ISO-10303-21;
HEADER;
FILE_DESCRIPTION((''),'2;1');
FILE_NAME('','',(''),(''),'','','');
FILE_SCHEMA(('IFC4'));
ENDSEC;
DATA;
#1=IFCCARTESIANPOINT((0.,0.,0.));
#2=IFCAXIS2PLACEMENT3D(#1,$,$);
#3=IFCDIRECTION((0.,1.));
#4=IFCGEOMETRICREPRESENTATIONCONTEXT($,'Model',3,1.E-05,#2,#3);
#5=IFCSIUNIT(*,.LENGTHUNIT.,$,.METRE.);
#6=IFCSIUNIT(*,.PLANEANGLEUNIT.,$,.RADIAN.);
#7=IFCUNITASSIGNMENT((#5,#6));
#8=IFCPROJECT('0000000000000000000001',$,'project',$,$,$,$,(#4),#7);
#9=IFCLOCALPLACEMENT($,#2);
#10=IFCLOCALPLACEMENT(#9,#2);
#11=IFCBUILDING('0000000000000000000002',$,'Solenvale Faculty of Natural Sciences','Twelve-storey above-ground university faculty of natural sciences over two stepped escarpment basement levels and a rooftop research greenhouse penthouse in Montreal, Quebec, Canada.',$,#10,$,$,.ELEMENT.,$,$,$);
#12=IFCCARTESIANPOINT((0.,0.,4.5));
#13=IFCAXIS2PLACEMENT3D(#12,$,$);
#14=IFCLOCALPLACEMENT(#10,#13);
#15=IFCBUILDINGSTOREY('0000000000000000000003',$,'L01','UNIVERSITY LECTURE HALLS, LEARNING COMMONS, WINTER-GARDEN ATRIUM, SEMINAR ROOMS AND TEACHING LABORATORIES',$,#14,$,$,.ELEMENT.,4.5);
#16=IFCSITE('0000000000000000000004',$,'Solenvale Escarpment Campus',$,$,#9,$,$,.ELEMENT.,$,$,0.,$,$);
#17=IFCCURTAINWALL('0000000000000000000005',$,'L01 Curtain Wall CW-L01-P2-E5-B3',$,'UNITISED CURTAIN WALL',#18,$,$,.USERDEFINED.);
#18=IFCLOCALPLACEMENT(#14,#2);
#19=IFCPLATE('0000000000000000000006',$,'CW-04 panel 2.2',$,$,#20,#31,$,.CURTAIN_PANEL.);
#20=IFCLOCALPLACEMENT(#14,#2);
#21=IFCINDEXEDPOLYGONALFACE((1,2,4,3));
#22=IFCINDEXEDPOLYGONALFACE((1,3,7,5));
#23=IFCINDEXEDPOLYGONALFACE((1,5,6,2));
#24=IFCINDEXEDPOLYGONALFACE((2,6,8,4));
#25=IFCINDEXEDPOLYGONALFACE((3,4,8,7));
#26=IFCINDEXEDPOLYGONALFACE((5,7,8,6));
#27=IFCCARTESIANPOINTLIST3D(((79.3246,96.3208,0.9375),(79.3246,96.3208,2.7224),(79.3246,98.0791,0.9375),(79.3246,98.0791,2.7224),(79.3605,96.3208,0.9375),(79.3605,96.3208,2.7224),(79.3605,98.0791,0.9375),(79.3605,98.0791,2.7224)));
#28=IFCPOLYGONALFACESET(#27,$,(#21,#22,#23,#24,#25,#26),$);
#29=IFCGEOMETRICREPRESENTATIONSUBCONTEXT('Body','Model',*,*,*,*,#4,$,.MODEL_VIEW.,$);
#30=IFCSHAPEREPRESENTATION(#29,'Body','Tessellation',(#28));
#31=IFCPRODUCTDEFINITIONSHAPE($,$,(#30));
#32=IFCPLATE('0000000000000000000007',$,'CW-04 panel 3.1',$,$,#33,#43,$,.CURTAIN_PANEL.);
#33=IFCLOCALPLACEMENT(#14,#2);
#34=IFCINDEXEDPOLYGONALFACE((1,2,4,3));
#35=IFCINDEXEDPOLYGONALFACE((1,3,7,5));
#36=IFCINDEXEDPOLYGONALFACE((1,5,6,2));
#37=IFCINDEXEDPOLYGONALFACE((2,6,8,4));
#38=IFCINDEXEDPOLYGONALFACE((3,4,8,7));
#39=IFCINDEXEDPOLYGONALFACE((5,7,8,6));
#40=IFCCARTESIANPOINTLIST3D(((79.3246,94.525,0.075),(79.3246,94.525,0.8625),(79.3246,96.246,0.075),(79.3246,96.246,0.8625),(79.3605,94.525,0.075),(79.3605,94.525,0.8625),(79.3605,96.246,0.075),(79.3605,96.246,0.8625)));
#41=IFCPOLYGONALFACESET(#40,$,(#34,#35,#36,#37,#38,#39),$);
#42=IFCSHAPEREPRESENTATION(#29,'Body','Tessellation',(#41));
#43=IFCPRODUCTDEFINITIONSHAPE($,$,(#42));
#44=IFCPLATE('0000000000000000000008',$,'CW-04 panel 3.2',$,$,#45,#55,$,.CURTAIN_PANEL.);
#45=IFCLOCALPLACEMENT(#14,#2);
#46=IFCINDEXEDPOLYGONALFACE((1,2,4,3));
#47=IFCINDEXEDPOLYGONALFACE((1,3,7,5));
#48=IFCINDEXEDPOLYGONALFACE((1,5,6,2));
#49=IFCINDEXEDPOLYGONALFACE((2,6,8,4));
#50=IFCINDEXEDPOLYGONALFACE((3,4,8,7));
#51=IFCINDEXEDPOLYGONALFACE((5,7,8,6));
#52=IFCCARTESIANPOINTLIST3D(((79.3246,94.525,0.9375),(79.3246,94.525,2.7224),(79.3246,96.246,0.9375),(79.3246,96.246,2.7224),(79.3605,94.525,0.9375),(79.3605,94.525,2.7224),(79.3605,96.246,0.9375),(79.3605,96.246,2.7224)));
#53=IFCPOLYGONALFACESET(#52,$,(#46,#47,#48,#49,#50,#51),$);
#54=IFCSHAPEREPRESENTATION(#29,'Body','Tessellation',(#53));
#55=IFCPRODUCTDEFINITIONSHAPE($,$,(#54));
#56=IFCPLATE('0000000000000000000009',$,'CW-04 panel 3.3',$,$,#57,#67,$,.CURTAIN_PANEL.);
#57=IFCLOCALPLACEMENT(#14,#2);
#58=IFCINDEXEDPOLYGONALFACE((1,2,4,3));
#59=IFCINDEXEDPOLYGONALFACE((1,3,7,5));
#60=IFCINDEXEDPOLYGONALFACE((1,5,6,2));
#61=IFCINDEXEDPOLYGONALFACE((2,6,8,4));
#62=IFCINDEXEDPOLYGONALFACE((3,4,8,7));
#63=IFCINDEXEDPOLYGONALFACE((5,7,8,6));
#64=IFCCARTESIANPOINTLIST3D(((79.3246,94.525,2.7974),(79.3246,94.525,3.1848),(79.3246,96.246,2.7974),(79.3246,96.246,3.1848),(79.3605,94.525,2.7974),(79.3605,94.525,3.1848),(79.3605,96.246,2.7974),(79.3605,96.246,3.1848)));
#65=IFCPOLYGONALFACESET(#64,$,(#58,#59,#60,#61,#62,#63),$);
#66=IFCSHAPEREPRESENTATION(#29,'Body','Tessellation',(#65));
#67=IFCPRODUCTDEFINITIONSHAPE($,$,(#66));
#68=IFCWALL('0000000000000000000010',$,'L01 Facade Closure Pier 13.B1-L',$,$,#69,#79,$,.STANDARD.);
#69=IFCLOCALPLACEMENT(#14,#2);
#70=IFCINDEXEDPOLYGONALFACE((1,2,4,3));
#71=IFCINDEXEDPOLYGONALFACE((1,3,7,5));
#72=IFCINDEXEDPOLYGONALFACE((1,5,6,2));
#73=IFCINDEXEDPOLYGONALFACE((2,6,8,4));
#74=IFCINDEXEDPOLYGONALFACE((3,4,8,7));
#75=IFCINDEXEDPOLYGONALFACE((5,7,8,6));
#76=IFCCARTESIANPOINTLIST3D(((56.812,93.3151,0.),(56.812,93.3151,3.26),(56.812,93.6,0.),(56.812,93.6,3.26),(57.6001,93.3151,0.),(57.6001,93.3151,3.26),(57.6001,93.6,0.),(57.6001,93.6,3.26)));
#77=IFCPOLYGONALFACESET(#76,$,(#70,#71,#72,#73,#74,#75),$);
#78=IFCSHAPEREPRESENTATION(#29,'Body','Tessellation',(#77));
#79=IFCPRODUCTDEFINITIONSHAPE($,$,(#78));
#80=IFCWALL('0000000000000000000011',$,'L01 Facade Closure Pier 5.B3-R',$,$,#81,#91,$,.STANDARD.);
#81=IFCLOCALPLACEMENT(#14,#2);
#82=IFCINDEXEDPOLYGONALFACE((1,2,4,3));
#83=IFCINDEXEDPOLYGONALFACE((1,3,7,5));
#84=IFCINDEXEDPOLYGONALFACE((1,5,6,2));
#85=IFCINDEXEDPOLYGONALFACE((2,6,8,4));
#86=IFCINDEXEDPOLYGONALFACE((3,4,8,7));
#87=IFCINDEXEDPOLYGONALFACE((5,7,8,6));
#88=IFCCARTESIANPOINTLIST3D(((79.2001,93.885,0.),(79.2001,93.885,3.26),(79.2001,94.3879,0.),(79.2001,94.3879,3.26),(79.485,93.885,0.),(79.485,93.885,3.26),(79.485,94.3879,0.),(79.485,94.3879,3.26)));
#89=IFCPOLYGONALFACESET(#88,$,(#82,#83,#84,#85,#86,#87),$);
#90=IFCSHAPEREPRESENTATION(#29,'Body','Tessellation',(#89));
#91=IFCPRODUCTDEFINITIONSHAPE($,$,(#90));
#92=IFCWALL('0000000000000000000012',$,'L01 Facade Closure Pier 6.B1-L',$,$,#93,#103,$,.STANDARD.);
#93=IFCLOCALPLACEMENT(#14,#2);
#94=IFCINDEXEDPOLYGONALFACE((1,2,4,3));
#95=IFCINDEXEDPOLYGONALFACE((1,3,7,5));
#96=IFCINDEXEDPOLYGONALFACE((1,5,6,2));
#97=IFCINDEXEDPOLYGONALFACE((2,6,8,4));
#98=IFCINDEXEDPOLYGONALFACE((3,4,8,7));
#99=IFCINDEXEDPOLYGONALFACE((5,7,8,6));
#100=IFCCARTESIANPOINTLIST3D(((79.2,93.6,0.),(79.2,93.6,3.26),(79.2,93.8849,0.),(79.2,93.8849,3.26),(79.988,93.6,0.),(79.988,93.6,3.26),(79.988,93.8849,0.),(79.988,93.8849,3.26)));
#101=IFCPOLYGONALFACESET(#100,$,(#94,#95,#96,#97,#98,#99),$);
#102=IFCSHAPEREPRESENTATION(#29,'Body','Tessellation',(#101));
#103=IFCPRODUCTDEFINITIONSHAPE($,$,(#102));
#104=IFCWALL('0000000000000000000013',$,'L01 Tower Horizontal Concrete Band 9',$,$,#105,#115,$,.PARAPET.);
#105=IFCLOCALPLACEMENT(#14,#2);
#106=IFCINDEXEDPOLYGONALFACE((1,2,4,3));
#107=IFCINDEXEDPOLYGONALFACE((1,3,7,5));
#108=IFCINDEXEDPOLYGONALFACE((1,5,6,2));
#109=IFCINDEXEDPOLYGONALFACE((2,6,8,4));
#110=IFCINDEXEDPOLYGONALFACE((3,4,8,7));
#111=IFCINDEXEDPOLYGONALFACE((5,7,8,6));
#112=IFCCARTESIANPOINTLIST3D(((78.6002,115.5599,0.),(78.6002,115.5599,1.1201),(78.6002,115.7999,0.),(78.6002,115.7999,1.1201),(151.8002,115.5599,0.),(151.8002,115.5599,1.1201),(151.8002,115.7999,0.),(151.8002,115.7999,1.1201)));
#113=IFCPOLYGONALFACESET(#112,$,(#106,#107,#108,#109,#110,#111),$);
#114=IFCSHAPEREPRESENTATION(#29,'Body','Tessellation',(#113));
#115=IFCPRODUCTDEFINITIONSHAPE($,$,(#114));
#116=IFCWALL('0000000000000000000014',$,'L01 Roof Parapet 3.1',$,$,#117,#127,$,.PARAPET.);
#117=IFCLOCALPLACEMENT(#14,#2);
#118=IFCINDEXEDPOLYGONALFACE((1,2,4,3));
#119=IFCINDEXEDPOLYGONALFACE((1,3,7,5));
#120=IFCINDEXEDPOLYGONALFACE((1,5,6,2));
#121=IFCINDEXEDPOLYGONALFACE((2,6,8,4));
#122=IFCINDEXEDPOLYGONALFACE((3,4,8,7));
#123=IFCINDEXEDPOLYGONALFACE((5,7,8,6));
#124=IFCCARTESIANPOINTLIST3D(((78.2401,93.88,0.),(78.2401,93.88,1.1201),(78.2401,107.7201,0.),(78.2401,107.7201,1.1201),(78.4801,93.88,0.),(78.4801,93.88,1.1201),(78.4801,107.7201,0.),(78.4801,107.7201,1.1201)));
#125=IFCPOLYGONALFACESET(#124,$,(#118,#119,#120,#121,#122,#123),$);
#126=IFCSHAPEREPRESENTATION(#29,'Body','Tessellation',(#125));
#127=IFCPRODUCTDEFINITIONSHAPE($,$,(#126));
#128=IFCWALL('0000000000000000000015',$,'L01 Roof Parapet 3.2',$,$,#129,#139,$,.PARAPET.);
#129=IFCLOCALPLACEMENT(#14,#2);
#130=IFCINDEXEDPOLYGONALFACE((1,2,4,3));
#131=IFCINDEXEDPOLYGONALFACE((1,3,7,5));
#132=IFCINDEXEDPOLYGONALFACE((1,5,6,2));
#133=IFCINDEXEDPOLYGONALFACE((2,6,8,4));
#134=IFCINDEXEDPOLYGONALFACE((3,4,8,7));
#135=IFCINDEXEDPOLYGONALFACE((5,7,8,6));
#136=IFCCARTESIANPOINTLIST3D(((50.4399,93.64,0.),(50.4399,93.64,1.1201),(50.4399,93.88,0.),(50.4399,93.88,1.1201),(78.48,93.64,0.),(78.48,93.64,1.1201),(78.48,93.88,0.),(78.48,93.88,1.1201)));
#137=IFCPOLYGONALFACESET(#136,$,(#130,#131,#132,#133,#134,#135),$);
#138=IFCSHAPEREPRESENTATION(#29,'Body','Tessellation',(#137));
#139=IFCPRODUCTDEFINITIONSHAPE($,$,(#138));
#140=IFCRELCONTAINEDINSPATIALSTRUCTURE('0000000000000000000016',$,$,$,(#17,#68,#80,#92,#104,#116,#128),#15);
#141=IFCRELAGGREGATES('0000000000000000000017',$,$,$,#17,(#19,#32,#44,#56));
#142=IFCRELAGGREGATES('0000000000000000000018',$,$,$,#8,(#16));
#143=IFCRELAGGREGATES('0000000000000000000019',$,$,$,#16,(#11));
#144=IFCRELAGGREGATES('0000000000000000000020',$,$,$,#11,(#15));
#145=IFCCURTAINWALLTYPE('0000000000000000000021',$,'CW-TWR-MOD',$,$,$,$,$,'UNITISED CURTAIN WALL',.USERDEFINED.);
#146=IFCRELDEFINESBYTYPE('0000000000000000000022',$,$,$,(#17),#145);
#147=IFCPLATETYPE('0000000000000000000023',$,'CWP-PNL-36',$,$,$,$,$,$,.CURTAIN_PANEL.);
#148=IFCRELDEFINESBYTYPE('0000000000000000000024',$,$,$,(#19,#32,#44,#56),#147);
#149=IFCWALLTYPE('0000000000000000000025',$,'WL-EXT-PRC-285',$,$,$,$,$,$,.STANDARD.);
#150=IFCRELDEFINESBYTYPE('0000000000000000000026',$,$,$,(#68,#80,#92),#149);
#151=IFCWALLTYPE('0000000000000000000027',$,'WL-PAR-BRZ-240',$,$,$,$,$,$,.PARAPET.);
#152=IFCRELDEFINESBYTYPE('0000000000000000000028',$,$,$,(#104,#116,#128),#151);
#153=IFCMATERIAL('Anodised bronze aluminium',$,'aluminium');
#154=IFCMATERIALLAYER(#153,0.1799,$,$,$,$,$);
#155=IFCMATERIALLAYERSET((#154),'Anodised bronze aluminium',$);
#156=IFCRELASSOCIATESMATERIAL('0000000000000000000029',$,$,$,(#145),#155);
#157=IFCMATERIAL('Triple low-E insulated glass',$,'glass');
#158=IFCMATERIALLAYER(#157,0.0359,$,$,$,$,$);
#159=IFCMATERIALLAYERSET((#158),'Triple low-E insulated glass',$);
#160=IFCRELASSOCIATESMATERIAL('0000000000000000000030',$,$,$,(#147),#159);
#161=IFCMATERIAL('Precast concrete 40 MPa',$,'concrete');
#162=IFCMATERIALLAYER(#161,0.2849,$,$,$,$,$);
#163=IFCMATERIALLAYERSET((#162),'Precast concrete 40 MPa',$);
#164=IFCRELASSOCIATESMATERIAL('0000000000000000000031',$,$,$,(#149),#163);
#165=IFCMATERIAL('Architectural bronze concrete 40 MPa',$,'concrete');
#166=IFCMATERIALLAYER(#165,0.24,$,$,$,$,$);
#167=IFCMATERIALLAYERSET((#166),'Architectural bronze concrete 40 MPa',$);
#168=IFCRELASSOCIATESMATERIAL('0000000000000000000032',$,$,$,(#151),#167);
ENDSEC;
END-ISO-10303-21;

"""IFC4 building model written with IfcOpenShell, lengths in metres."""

from ifc_helpers import new_model, si_unit, direction, frame, frame_2d, origin, origin_2d, place, context, subcontext, project, spatial, rectangle, extrude, material, layer, layer_set, type_object, element, aggregate, save


model = new_model("IFC4")

# Units and contexts
model_context = context("Model", 3, precision=1e-05, world=origin(), true_north=direction((0.0, 1.0)))
body_context = subcontext(model_context, "Body", "Model", "MODEL_VIEW")
ifc_project = project(units=[si_unit("LENGTHUNIT", "METRE"), si_unit("PLANEANGLEUNIT", "RADIAN")], contexts=[model_context])

# Site, building, storey
site_placement = place(None, origin())
site = spatial("IfcSite", under=ifc_project, at=site_placement, Name="Solenvale Escarpment Campus", CompositionType="ELEMENT", RefElevation=0.0)
building_placement = place(site_placement, origin())
building = spatial("IfcBuilding", under=site, at=building_placement, Name="Solenvale Faculty of Natural Sciences", Description="Twelve-storey above-ground university faculty of natural sciences over two stepped escarpment basement levels and a rooftop research greenhouse penthouse in Montreal, Quebec, Canada.", CompositionType="ELEMENT")
storey_placement = place(building_placement, frame((0.0, 0.0, 4.5)))
storey = spatial("IfcBuildingStorey", under=building, at=storey_placement, Name="L01", Description="UNIVERSITY LECTURE HALLS, LEARNING COMMONS, WINTER-GARDEN ATRIUM, SEMINAR ROOMS AND TEACHING LABORATORIES", CompositionType="ELEMENT", Elevation=4.5)

# Curtain wall, plates
ifc_material_1 = material(Name="Anodised bronze aluminium", Category="aluminium")
ifc_layer_1 = layer(ifc_material_1, 0.1799)
ifc_layer_set_1 = layer_set([ifc_layer_1], Name="Anodised bronze aluminium")
curtain_wall_type = type_object("IfcCurtainWallType", Name="CW-TWR-MOD", ElementType="UNITISED CURTAIN WALL", PredefinedType="USERDEFINED", material=ifc_layer_set_1)
curtain_wall_placement = place(storey_placement, origin())
curtain_wall = element("IfcCurtainWall", 1, at=curtain_wall_placement, inside=storey, type_object=curtain_wall_type, Name="L01 Curtain Wall CW-L01-P2-E5-B3", ObjectType="UNITISED CURTAIN WALL", PredefinedType="USERDEFINED")
ifc_material_2 = material(Name="Triple low-E insulated glass", Category="glass")
ifc_layer_2 = layer(ifc_material_2, 0.0359)
ifc_layer_set_2 = layer_set([ifc_layer_2], Name="Triple low-E insulated glass")
plate_type = type_object("IfcPlateType", Name="CWP-PNL-36", PredefinedType="CURTAIN_PANEL", material=ifc_layer_set_2)
plate_1_placement = place(storey_placement, frame((79.3425, 97.2, 0.9375), z_axis=(0.0, 0.0, 1.0), x_axis=(0.0, -1.0, 0.0)))
plate_1 = element("IfcPlate", 2, at=plate_1_placement, type_object=plate_type, Name="CW-04 panel 2.2", PredefinedType="CURTAIN_PANEL", context=body_context, shape_type="SweptSolid", body=[
    extrude(rectangle(XDim=1.7583, YDim=0.0359, at=origin_2d()), origin(), (0.0, 0.0, 1.0), 1.7849),
])
plate_2_placement = place(storey_placement, frame((79.3425, 95.3855, 0.075), z_axis=(0.0, 0.0, 1.0), x_axis=(0.0, -1.0, 0.0)))
plate_2 = element("IfcPlate", 3, at=plate_2_placement, type_object=plate_type, Name="CW-04 panel 3.1", PredefinedType="CURTAIN_PANEL", context=body_context, shape_type="SweptSolid", body=[
    extrude(rectangle(XDim=1.7209, YDim=0.0359, at=origin_2d()), origin(), (0.0, 0.0, 1.0), 0.7876),
])
plate_3_placement = place(storey_placement, frame((79.3425, 95.3855, 0.9375), z_axis=(0.0, 0.0, 1.0), x_axis=(0.0, -1.0, 0.0)))
plate_3 = element("IfcPlate", 4, at=plate_3_placement, type_object=plate_type, Name="CW-04 panel 3.2", PredefinedType="CURTAIN_PANEL", context=body_context, shape_type="SweptSolid", body=[
    extrude(rectangle(XDim=1.7209, YDim=0.0359, at=origin_2d()), origin(), (0.0, 0.0, 1.0), 1.7849),
])
plate_4_placement = place(storey_placement, frame((79.3425, 95.3855, 2.7974), z_axis=(0.0, 0.0, 1.0), x_axis=(0.0, -1.0, 0.0)))
plate_4 = element("IfcPlate", 5, at=plate_4_placement, type_object=plate_type, Name="CW-04 panel 3.3", PredefinedType="CURTAIN_PANEL", context=body_context, shape_type="SweptSolid", body=[
    extrude(rectangle(XDim=1.7209, YDim=0.0359, at=origin_2d()), origin(), (0.0, 0.0, 1.0), 0.3875),
])
aggregate(curtain_wall, [plate_1, plate_2, plate_3, plate_4])

# Walls
ifc_material_3 = material(Name="Precast concrete 40 MPa", Category="concrete")
ifc_layer_3 = layer(ifc_material_3, 0.2849)
ifc_layer_set_3 = layer_set([ifc_layer_3], Name="Precast concrete 40 MPa")
wall_type_1 = type_object("IfcWallType", Name="WL-EXT-PRC-285", PredefinedType="STANDARD", material=ifc_layer_set_3)
wall_1_placement = place(storey_placement, frame((57.6001, 93.4575, 0.0), z_axis=(0.0, 0.0, 1.0), x_axis=(-1.0, 0.0, 0.0)))
element("IfcWall", 6, at=wall_1_placement, inside=storey, type_object=wall_type_1, Name="L01 Facade Closure Pier 13.B1-L", PredefinedType="STANDARD", context=body_context, shape_type="SweptSolid", body=[
    extrude(rectangle(XDim=0.7881, YDim=0.2849, at=frame_2d((0.394, 0.0))), origin(), (0.0, 0.0, 1.0), 3.26),
])
wall_2_placement = place(storey_placement, frame((79.3425, 94.3879, 0.0), z_axis=(0.0, 0.0, 1.0), x_axis=(0.0, -1.0, 0.0)))
element("IfcWall", 7, at=wall_2_placement, inside=storey, type_object=wall_type_1, Name="L01 Facade Closure Pier 5.B3-R", PredefinedType="STANDARD", context=body_context, shape_type="SweptSolid", body=[
    extrude(rectangle(XDim=0.5029, YDim=0.2849, at=frame_2d((0.2515, 0.0))), origin(), (0.0, 0.0, 1.0), 3.26),
])
wall_3_placement = place(storey_placement, frame((79.2, 93.7424, 0.0), z_axis=(0.0, 0.0, 1.0), x_axis=(1.0, 0.0, 0.0)))
element("IfcWall", 8, at=wall_3_placement, inside=storey, type_object=wall_type_1, Name="L01 Facade Closure Pier 6.B1-L", PredefinedType="STANDARD", context=body_context, shape_type="SweptSolid", body=[
    extrude(rectangle(XDim=0.7881, YDim=0.2849, at=frame_2d((0.394, 0.0))), origin(), (0.0, 0.0, 1.0), 3.26),
])
ifc_material_4 = material(Name="Architectural bronze concrete 40 MPa", Category="concrete")
ifc_layer_4 = layer(ifc_material_4, 0.24)
ifc_layer_set_4 = layer_set([ifc_layer_4], Name="Architectural bronze concrete 40 MPa")
wall_type_2 = type_object("IfcWallType", Name="WL-PAR-BRZ-240", PredefinedType="PARAPET", material=ifc_layer_set_4)
wall_4_placement = place(storey_placement, frame((78.6001, 115.6799, 0.0), z_axis=(0.0, 0.0, 1.0), x_axis=(1.0, 0.0, 0.0)))
element("IfcWall", 9, at=wall_4_placement, inside=storey, type_object=wall_type_2, Name="L01 Tower Horizontal Concrete Band 9", PredefinedType="PARAPET", context=body_context, shape_type="SweptSolid", body=[
    extrude(rectangle(XDim=73.2, YDim=0.24, at=frame_2d((36.6001, 0.0))), origin(), (0.0, 0.0, 1.0), 1.1201),
])
wall_5_placement = place(storey_placement, frame((78.3601, 107.72, 0.0), z_axis=(0.0, 0.0, 1.0), x_axis=(0.0, -1.0, 0.0)))
element("IfcWall", 10, at=wall_5_placement, inside=storey, type_object=wall_type_2, Name="L01 Roof Parapet 3.1", PredefinedType="PARAPET", context=body_context, shape_type="SweptSolid", body=[
    extrude(rectangle(XDim=13.8401, YDim=0.24, at=frame_2d((6.9199, 0.0))), origin(), (0.0, 0.0, 1.0), 1.1201),
])
wall_6_placement = place(storey_placement, frame((78.48, 93.76, 0.0), z_axis=(0.0, 0.0, 1.0), x_axis=(-1.0, 0.0, 0.0)))
element("IfcWall", 11, at=wall_6_placement, inside=storey, type_object=wall_type_2, Name="L01 Roof Parapet 3.2", PredefinedType="PARAPET", context=body_context, shape_type="SweptSolid", body=[
    extrude(rectangle(XDim=28.04, YDim=0.24, at=frame_2d((14.02, 0.0))), origin(), (0.0, 0.0, 1.0), 1.1201),
])

save(model, "model.ifc")
